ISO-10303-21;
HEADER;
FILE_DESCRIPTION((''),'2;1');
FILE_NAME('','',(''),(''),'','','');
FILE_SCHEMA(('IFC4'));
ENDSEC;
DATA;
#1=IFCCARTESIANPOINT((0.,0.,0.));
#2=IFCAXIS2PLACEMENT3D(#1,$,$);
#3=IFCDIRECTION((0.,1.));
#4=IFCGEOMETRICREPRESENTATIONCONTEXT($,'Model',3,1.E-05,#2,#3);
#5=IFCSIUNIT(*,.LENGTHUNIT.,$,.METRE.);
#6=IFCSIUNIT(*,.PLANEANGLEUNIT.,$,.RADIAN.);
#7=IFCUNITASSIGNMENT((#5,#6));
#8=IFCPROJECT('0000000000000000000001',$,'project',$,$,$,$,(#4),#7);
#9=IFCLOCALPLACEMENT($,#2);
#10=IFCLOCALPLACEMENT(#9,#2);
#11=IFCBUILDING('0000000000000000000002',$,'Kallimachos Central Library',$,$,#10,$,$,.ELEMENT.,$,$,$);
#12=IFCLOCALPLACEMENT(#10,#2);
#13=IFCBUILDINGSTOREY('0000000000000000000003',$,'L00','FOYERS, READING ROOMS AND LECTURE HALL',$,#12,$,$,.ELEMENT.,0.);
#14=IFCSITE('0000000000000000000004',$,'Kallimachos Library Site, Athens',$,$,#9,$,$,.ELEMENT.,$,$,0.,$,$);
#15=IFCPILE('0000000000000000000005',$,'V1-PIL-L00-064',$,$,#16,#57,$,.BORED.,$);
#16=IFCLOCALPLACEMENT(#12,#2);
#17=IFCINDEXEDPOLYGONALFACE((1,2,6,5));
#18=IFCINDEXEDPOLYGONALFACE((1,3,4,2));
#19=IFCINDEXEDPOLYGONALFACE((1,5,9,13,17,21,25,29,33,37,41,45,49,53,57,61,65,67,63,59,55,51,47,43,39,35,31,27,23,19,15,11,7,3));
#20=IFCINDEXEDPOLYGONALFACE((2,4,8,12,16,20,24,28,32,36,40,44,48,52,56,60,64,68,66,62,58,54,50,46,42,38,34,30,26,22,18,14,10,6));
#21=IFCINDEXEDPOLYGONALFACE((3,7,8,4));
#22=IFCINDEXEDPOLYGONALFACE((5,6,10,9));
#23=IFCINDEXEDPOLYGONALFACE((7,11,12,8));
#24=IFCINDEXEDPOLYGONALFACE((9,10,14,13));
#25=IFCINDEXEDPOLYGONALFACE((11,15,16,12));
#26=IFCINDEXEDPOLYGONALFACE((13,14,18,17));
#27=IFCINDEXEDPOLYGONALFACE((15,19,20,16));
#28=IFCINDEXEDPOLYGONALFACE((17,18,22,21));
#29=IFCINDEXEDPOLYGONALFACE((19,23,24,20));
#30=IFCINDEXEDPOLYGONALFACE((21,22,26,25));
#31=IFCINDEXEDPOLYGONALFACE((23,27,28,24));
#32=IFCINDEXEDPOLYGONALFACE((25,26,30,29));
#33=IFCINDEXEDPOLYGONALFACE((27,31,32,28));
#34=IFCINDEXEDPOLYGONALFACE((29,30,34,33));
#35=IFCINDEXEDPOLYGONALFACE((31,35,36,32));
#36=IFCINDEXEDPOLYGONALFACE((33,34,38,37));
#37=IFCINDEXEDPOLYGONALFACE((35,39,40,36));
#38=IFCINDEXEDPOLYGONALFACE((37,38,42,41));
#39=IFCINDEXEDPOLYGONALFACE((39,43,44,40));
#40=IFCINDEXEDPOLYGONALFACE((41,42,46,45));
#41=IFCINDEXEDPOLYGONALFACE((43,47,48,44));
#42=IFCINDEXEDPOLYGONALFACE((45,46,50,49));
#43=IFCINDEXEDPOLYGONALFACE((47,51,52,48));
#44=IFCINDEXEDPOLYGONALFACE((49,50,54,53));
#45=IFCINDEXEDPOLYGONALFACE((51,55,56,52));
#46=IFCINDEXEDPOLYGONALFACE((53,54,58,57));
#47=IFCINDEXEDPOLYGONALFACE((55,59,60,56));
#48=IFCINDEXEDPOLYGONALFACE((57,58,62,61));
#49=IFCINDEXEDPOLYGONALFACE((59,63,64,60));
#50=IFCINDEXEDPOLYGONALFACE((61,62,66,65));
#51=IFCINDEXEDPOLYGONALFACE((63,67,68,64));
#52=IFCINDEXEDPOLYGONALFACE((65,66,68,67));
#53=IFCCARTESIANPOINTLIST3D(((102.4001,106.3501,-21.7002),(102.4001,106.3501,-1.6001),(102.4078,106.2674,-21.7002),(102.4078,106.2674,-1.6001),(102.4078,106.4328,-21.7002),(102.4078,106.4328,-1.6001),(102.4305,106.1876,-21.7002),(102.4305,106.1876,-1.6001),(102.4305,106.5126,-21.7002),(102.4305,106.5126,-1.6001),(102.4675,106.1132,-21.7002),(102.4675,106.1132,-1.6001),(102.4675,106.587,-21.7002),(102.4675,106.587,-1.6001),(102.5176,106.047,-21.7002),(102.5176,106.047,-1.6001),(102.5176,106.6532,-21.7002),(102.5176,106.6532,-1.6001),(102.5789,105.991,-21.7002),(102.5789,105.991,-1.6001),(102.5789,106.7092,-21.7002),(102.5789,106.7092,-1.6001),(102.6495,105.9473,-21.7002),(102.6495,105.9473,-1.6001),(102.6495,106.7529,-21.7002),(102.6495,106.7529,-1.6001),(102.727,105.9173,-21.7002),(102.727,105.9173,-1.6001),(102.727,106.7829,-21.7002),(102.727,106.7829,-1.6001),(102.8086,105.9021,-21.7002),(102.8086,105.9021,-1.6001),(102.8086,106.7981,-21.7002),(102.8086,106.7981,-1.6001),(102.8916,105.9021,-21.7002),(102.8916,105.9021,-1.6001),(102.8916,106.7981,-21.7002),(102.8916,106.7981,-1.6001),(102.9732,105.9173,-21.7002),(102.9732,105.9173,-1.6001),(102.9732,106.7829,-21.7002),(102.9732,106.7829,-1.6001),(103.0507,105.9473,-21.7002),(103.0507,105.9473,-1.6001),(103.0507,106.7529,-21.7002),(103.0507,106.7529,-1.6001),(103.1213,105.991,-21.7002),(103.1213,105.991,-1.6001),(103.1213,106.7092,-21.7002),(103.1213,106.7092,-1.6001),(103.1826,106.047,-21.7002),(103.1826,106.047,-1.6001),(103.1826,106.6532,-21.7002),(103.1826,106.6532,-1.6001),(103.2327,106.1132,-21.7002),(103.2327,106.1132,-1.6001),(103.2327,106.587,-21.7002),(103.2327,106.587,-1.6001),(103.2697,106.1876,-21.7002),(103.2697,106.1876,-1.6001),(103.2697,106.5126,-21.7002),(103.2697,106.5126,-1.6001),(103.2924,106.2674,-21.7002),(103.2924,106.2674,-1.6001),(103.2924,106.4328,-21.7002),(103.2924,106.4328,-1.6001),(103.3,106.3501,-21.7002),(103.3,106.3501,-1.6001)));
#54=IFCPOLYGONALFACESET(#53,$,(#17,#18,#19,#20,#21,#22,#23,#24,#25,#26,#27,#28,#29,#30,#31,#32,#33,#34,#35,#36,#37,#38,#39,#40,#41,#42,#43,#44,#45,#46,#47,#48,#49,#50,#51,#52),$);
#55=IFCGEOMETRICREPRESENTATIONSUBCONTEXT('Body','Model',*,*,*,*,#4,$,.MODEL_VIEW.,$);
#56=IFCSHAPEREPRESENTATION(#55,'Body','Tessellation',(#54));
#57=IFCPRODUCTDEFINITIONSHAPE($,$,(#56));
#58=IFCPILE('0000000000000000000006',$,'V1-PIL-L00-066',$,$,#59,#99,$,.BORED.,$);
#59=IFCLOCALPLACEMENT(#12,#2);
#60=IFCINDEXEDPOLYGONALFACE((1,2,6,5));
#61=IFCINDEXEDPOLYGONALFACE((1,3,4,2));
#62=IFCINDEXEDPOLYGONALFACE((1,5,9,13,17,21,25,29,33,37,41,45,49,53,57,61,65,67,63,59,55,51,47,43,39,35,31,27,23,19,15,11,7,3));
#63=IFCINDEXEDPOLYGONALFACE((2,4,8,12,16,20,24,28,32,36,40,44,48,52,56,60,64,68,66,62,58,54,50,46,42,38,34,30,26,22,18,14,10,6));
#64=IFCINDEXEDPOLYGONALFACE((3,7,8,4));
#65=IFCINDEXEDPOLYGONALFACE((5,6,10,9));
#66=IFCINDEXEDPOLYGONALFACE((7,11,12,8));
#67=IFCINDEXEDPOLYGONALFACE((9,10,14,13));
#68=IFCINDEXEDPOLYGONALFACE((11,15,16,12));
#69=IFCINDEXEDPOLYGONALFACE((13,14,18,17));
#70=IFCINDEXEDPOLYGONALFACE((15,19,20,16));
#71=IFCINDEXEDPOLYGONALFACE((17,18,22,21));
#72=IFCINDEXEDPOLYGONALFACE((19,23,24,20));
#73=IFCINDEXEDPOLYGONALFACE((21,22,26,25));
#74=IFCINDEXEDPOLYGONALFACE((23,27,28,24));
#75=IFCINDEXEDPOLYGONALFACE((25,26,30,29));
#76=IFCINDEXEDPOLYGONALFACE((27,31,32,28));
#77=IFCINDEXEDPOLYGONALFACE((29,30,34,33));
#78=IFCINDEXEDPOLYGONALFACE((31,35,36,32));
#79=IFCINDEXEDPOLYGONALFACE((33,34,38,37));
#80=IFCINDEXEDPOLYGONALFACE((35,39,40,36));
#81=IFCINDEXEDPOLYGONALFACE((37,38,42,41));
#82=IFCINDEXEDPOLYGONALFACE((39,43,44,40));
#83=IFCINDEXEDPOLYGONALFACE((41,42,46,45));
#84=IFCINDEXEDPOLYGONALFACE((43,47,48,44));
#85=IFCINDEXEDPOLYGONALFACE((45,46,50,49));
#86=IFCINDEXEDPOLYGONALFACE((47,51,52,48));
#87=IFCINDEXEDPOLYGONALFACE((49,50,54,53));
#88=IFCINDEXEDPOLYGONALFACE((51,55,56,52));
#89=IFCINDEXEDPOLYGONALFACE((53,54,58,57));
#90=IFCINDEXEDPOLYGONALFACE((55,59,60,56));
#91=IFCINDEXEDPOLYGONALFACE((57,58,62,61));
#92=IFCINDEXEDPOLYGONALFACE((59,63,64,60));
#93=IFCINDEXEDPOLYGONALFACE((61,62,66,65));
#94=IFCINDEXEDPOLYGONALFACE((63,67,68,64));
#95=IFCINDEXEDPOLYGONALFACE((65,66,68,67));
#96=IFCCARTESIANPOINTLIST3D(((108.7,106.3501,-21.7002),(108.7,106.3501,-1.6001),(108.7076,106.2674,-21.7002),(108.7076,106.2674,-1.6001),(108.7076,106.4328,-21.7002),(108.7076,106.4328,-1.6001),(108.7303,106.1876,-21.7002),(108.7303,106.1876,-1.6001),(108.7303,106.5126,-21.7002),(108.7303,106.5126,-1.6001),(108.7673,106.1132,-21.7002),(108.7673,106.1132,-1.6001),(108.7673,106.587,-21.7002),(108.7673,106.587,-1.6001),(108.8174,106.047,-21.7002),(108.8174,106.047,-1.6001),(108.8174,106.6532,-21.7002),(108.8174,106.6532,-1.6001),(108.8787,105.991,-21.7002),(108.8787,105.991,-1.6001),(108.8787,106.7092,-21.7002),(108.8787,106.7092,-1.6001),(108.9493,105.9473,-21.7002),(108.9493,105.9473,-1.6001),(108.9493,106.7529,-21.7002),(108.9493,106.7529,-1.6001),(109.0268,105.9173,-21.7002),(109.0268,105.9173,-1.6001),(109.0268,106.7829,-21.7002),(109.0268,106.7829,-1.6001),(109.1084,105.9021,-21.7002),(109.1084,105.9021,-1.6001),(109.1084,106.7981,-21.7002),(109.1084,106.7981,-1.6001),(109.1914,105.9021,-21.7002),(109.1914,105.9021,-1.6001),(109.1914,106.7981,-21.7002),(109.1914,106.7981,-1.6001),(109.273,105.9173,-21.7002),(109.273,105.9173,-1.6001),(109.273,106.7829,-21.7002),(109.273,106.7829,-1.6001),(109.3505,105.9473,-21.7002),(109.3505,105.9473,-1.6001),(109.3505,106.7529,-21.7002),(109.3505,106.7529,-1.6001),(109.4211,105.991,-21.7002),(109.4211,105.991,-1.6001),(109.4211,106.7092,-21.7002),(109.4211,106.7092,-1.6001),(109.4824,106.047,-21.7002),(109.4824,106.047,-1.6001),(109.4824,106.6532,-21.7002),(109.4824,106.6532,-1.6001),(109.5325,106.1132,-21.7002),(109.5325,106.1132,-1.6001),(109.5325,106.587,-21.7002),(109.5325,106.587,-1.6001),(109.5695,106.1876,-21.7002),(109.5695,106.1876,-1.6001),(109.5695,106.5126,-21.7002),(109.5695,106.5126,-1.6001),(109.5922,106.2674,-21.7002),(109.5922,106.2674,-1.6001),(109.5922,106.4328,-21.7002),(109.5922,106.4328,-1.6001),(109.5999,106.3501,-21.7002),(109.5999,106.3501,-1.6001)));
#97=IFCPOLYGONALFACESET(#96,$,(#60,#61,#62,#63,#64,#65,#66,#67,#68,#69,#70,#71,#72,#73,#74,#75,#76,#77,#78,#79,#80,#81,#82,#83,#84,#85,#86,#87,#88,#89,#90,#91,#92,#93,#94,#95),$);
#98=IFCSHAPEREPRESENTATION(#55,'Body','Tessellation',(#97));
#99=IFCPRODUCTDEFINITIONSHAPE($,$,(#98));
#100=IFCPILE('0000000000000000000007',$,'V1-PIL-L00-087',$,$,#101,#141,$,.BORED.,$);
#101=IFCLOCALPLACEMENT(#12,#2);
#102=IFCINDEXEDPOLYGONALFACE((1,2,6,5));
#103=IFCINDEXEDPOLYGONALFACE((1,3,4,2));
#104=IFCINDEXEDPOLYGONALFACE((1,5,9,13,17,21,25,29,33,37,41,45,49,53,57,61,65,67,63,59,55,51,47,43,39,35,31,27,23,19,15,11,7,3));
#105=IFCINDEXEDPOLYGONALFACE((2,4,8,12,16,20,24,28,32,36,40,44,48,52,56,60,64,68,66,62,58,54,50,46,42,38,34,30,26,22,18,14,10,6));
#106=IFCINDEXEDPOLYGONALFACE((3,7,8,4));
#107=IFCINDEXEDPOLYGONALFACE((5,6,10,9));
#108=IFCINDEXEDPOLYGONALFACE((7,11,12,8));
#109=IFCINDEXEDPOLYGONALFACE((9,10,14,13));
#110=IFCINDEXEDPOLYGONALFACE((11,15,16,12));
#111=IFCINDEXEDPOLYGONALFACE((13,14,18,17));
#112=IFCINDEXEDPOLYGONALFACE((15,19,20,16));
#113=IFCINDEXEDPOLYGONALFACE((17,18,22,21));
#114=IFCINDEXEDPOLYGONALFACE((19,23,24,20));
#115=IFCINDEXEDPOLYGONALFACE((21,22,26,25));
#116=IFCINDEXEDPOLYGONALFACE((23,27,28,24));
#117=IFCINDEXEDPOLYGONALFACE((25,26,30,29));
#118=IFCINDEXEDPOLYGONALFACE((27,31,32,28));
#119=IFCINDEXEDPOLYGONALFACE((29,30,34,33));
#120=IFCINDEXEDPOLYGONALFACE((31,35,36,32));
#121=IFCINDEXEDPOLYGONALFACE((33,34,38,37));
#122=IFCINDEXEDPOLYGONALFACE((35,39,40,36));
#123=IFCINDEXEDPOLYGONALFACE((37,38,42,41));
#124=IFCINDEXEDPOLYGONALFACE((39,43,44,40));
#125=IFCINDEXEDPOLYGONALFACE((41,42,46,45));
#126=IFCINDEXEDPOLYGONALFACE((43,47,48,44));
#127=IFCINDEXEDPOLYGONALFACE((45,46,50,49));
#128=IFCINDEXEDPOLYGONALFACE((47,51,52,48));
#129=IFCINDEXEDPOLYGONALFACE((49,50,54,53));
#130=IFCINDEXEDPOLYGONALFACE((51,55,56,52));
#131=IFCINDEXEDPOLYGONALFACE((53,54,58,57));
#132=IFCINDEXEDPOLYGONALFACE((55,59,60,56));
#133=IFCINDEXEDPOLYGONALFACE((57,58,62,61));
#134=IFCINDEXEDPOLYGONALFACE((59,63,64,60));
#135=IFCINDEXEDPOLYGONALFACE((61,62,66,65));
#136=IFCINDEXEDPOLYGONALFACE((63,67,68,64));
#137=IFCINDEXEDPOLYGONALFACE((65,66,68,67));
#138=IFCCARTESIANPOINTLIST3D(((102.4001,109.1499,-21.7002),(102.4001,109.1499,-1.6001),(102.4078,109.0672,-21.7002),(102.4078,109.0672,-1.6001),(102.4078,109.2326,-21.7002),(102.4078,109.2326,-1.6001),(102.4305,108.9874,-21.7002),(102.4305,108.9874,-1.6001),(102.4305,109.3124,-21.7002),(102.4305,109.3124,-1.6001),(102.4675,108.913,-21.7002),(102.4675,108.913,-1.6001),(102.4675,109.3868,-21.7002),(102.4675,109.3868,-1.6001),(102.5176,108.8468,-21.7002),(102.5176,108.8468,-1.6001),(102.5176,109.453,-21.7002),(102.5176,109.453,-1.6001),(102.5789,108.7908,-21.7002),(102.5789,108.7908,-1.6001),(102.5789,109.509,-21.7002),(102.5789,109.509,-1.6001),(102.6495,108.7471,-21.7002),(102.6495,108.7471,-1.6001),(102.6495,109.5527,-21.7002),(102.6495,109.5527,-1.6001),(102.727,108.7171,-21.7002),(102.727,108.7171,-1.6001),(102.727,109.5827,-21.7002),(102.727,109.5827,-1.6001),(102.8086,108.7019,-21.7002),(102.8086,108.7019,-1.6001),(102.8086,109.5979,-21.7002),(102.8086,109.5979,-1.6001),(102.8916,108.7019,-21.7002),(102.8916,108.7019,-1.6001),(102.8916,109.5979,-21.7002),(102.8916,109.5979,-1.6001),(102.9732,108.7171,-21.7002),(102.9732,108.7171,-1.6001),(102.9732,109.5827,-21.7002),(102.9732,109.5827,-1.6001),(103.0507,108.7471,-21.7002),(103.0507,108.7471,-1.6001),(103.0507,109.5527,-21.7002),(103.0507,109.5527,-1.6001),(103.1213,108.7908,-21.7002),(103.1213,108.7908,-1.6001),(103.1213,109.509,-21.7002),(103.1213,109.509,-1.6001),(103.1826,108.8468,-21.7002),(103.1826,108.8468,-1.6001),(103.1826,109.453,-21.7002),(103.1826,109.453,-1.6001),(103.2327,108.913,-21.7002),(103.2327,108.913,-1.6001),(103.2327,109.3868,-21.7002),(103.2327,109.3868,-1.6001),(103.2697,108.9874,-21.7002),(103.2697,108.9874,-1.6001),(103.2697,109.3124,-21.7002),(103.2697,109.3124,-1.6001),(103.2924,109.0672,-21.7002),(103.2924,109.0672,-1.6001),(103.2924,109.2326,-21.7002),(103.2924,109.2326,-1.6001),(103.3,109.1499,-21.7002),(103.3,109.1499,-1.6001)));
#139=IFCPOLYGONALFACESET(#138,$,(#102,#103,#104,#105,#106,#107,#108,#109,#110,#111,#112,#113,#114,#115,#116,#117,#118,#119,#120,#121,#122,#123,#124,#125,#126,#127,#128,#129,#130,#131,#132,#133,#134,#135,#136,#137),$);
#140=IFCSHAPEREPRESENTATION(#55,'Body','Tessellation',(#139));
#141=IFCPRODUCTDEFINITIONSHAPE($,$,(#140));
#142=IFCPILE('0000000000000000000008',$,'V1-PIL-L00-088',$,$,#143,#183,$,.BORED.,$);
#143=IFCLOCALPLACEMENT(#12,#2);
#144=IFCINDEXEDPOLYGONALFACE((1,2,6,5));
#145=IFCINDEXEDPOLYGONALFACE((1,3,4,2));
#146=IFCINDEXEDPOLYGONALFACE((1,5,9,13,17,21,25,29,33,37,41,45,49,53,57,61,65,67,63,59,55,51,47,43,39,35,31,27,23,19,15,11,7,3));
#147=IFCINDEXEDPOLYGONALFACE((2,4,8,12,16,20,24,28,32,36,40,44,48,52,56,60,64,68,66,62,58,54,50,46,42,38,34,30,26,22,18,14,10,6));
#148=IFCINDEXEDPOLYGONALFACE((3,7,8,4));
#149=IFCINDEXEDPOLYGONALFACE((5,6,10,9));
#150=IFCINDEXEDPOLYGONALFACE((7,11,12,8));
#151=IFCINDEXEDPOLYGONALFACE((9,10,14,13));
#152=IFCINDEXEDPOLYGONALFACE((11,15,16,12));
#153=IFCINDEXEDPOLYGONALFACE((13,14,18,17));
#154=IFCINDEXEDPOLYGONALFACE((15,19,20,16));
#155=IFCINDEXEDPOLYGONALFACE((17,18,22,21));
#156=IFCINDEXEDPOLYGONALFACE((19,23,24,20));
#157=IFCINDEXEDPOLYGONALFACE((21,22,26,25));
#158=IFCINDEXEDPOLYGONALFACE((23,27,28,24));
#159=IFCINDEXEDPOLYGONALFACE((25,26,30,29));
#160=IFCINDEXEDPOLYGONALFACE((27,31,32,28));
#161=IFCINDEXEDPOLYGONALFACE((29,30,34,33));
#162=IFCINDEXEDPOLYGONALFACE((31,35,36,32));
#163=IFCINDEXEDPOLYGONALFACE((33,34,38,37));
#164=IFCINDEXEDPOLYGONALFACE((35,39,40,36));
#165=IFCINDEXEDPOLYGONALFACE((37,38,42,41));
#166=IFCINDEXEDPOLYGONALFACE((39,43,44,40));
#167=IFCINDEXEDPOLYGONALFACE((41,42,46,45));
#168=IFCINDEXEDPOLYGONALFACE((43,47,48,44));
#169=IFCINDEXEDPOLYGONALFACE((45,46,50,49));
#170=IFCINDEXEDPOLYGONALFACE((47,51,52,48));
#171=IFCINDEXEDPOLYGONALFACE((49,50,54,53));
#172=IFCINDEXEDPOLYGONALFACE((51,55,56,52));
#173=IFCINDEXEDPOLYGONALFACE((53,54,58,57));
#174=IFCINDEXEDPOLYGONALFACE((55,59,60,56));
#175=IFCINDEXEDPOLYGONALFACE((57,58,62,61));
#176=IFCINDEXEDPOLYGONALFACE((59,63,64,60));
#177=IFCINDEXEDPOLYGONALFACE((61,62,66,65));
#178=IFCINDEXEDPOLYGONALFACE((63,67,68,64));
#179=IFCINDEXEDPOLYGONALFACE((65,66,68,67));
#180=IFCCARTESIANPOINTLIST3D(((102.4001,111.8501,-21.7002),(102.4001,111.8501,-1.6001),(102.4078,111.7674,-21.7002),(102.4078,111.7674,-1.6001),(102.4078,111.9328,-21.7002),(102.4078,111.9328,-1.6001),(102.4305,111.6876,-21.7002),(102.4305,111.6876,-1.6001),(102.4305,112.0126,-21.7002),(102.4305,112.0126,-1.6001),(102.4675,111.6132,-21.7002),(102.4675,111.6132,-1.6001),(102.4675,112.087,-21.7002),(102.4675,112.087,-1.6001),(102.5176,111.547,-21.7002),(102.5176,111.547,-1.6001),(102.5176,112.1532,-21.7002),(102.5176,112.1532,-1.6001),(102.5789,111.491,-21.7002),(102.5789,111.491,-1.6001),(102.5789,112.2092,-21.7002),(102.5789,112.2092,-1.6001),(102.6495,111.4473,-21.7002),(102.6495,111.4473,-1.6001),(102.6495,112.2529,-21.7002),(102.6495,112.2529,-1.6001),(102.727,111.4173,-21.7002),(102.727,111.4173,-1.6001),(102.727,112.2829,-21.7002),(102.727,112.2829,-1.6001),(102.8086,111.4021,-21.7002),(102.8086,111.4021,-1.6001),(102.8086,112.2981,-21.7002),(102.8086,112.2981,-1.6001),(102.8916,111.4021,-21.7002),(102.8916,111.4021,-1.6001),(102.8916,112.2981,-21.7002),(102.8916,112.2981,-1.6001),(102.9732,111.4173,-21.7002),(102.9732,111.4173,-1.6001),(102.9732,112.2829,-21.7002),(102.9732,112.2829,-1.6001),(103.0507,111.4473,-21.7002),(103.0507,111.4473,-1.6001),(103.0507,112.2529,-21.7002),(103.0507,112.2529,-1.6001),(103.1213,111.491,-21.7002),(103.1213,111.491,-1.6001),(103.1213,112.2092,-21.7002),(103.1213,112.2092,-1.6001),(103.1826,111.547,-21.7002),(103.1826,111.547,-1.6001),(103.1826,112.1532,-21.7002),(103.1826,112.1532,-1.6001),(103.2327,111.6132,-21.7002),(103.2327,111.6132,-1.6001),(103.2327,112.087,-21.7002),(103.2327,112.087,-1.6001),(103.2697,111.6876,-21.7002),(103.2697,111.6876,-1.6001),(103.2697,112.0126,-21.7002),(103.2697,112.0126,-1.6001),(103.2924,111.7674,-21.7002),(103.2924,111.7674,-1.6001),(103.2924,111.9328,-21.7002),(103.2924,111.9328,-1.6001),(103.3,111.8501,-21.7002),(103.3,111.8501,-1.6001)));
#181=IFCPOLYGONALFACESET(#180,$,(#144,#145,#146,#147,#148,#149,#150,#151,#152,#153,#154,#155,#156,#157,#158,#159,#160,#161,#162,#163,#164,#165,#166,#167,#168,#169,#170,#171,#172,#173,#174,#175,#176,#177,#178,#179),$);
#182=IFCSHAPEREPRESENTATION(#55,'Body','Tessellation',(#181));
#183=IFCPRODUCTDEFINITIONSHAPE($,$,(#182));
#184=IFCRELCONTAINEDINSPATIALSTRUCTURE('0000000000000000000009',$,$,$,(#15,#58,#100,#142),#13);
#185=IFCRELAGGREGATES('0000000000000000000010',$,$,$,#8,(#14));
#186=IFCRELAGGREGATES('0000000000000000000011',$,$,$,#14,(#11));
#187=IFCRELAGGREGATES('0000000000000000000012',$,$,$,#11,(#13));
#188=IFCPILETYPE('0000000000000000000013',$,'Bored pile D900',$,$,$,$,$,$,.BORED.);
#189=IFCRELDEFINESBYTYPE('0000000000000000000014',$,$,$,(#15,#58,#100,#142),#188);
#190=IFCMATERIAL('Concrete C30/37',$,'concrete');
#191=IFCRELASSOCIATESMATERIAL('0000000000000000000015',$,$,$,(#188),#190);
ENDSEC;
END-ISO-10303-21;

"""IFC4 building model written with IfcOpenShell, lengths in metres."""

from ifc_helpers import new_model, si_unit, direction, frame, origin, origin_2d, place, context, subcontext, project, spatial, circle, extrude, material, type_object, element, save


model = new_model("IFC4")

# Units and contexts
model_context = context("Model", 3, precision=1e-05, world=origin(), true_north=direction((0.0, 1.0)))
body_context = subcontext(model_context, "Body", "Model", "MODEL_VIEW")
ifc_project = project(units=[si_unit("LENGTHUNIT", "METRE"), si_unit("PLANEANGLEUNIT", "RADIAN")], contexts=[model_context])

# Site, building, storey
site_placement = place(None, origin())
site = spatial("IfcSite", under=ifc_project, at=site_placement, Name="Kallimachos Library Site, Athens", CompositionType="ELEMENT", RefElevation=0.0)
building_placement = place(site_placement, origin())
building = spatial("IfcBuilding", under=site, at=building_placement, Name="Kallimachos Central Library", CompositionType="ELEMENT")
storey_placement = place(building_placement, origin())
storey = spatial("IfcBuildingStorey", under=building, at=storey_placement, Name="L00", Description="FOYERS, READING ROOMS AND LECTURE HALL", CompositionType="ELEMENT", Elevation=0.0)

# Piles
ifc_material_1 = material(Name="Concrete C30/37", Category="concrete")
pile_type = type_object("IfcPileType", Name="Bored pile D900", PredefinedType="BORED", material=ifc_material_1)
for number, where, z_axis, x_axis, name in (
    (1, (102.8501, 106.3501, -1.6001), (0.0, 0.0, -1.0), (1.0, 0.0, 0.0), "V1-PIL-L00-064"),
    (2, (109.1499, 106.3501, -1.6001), (0.0, 0.0, -1.0), (1.0, 0.0, 0.0), "V1-PIL-L00-066"),
    (3, (102.8501, 109.1499, -1.6001), (0.0, 0.0, -1.0), (1.0, 0.0, 0.0), "V1-PIL-L00-087"),
    (4, (102.8501, 111.8501, -1.6001), (0.0, 0.0, -1.0), (1.0, 0.0, 0.0), "V1-PIL-L00-088"),
):
    element("IfcPile", number, at=place(storey_placement, frame(where, z_axis=z_axis, x_axis=x_axis)), inside=storey, type_object=pile_type, Name=name, PredefinedType="BORED", context=body_context, shape_type="SweptSolid", body=[
        extrude(circle(Radius=0.45, at=origin_2d()), origin(), (0.0, 0.0, 1.0), 20.1001),
    ])

save(model, "model.ifc")
